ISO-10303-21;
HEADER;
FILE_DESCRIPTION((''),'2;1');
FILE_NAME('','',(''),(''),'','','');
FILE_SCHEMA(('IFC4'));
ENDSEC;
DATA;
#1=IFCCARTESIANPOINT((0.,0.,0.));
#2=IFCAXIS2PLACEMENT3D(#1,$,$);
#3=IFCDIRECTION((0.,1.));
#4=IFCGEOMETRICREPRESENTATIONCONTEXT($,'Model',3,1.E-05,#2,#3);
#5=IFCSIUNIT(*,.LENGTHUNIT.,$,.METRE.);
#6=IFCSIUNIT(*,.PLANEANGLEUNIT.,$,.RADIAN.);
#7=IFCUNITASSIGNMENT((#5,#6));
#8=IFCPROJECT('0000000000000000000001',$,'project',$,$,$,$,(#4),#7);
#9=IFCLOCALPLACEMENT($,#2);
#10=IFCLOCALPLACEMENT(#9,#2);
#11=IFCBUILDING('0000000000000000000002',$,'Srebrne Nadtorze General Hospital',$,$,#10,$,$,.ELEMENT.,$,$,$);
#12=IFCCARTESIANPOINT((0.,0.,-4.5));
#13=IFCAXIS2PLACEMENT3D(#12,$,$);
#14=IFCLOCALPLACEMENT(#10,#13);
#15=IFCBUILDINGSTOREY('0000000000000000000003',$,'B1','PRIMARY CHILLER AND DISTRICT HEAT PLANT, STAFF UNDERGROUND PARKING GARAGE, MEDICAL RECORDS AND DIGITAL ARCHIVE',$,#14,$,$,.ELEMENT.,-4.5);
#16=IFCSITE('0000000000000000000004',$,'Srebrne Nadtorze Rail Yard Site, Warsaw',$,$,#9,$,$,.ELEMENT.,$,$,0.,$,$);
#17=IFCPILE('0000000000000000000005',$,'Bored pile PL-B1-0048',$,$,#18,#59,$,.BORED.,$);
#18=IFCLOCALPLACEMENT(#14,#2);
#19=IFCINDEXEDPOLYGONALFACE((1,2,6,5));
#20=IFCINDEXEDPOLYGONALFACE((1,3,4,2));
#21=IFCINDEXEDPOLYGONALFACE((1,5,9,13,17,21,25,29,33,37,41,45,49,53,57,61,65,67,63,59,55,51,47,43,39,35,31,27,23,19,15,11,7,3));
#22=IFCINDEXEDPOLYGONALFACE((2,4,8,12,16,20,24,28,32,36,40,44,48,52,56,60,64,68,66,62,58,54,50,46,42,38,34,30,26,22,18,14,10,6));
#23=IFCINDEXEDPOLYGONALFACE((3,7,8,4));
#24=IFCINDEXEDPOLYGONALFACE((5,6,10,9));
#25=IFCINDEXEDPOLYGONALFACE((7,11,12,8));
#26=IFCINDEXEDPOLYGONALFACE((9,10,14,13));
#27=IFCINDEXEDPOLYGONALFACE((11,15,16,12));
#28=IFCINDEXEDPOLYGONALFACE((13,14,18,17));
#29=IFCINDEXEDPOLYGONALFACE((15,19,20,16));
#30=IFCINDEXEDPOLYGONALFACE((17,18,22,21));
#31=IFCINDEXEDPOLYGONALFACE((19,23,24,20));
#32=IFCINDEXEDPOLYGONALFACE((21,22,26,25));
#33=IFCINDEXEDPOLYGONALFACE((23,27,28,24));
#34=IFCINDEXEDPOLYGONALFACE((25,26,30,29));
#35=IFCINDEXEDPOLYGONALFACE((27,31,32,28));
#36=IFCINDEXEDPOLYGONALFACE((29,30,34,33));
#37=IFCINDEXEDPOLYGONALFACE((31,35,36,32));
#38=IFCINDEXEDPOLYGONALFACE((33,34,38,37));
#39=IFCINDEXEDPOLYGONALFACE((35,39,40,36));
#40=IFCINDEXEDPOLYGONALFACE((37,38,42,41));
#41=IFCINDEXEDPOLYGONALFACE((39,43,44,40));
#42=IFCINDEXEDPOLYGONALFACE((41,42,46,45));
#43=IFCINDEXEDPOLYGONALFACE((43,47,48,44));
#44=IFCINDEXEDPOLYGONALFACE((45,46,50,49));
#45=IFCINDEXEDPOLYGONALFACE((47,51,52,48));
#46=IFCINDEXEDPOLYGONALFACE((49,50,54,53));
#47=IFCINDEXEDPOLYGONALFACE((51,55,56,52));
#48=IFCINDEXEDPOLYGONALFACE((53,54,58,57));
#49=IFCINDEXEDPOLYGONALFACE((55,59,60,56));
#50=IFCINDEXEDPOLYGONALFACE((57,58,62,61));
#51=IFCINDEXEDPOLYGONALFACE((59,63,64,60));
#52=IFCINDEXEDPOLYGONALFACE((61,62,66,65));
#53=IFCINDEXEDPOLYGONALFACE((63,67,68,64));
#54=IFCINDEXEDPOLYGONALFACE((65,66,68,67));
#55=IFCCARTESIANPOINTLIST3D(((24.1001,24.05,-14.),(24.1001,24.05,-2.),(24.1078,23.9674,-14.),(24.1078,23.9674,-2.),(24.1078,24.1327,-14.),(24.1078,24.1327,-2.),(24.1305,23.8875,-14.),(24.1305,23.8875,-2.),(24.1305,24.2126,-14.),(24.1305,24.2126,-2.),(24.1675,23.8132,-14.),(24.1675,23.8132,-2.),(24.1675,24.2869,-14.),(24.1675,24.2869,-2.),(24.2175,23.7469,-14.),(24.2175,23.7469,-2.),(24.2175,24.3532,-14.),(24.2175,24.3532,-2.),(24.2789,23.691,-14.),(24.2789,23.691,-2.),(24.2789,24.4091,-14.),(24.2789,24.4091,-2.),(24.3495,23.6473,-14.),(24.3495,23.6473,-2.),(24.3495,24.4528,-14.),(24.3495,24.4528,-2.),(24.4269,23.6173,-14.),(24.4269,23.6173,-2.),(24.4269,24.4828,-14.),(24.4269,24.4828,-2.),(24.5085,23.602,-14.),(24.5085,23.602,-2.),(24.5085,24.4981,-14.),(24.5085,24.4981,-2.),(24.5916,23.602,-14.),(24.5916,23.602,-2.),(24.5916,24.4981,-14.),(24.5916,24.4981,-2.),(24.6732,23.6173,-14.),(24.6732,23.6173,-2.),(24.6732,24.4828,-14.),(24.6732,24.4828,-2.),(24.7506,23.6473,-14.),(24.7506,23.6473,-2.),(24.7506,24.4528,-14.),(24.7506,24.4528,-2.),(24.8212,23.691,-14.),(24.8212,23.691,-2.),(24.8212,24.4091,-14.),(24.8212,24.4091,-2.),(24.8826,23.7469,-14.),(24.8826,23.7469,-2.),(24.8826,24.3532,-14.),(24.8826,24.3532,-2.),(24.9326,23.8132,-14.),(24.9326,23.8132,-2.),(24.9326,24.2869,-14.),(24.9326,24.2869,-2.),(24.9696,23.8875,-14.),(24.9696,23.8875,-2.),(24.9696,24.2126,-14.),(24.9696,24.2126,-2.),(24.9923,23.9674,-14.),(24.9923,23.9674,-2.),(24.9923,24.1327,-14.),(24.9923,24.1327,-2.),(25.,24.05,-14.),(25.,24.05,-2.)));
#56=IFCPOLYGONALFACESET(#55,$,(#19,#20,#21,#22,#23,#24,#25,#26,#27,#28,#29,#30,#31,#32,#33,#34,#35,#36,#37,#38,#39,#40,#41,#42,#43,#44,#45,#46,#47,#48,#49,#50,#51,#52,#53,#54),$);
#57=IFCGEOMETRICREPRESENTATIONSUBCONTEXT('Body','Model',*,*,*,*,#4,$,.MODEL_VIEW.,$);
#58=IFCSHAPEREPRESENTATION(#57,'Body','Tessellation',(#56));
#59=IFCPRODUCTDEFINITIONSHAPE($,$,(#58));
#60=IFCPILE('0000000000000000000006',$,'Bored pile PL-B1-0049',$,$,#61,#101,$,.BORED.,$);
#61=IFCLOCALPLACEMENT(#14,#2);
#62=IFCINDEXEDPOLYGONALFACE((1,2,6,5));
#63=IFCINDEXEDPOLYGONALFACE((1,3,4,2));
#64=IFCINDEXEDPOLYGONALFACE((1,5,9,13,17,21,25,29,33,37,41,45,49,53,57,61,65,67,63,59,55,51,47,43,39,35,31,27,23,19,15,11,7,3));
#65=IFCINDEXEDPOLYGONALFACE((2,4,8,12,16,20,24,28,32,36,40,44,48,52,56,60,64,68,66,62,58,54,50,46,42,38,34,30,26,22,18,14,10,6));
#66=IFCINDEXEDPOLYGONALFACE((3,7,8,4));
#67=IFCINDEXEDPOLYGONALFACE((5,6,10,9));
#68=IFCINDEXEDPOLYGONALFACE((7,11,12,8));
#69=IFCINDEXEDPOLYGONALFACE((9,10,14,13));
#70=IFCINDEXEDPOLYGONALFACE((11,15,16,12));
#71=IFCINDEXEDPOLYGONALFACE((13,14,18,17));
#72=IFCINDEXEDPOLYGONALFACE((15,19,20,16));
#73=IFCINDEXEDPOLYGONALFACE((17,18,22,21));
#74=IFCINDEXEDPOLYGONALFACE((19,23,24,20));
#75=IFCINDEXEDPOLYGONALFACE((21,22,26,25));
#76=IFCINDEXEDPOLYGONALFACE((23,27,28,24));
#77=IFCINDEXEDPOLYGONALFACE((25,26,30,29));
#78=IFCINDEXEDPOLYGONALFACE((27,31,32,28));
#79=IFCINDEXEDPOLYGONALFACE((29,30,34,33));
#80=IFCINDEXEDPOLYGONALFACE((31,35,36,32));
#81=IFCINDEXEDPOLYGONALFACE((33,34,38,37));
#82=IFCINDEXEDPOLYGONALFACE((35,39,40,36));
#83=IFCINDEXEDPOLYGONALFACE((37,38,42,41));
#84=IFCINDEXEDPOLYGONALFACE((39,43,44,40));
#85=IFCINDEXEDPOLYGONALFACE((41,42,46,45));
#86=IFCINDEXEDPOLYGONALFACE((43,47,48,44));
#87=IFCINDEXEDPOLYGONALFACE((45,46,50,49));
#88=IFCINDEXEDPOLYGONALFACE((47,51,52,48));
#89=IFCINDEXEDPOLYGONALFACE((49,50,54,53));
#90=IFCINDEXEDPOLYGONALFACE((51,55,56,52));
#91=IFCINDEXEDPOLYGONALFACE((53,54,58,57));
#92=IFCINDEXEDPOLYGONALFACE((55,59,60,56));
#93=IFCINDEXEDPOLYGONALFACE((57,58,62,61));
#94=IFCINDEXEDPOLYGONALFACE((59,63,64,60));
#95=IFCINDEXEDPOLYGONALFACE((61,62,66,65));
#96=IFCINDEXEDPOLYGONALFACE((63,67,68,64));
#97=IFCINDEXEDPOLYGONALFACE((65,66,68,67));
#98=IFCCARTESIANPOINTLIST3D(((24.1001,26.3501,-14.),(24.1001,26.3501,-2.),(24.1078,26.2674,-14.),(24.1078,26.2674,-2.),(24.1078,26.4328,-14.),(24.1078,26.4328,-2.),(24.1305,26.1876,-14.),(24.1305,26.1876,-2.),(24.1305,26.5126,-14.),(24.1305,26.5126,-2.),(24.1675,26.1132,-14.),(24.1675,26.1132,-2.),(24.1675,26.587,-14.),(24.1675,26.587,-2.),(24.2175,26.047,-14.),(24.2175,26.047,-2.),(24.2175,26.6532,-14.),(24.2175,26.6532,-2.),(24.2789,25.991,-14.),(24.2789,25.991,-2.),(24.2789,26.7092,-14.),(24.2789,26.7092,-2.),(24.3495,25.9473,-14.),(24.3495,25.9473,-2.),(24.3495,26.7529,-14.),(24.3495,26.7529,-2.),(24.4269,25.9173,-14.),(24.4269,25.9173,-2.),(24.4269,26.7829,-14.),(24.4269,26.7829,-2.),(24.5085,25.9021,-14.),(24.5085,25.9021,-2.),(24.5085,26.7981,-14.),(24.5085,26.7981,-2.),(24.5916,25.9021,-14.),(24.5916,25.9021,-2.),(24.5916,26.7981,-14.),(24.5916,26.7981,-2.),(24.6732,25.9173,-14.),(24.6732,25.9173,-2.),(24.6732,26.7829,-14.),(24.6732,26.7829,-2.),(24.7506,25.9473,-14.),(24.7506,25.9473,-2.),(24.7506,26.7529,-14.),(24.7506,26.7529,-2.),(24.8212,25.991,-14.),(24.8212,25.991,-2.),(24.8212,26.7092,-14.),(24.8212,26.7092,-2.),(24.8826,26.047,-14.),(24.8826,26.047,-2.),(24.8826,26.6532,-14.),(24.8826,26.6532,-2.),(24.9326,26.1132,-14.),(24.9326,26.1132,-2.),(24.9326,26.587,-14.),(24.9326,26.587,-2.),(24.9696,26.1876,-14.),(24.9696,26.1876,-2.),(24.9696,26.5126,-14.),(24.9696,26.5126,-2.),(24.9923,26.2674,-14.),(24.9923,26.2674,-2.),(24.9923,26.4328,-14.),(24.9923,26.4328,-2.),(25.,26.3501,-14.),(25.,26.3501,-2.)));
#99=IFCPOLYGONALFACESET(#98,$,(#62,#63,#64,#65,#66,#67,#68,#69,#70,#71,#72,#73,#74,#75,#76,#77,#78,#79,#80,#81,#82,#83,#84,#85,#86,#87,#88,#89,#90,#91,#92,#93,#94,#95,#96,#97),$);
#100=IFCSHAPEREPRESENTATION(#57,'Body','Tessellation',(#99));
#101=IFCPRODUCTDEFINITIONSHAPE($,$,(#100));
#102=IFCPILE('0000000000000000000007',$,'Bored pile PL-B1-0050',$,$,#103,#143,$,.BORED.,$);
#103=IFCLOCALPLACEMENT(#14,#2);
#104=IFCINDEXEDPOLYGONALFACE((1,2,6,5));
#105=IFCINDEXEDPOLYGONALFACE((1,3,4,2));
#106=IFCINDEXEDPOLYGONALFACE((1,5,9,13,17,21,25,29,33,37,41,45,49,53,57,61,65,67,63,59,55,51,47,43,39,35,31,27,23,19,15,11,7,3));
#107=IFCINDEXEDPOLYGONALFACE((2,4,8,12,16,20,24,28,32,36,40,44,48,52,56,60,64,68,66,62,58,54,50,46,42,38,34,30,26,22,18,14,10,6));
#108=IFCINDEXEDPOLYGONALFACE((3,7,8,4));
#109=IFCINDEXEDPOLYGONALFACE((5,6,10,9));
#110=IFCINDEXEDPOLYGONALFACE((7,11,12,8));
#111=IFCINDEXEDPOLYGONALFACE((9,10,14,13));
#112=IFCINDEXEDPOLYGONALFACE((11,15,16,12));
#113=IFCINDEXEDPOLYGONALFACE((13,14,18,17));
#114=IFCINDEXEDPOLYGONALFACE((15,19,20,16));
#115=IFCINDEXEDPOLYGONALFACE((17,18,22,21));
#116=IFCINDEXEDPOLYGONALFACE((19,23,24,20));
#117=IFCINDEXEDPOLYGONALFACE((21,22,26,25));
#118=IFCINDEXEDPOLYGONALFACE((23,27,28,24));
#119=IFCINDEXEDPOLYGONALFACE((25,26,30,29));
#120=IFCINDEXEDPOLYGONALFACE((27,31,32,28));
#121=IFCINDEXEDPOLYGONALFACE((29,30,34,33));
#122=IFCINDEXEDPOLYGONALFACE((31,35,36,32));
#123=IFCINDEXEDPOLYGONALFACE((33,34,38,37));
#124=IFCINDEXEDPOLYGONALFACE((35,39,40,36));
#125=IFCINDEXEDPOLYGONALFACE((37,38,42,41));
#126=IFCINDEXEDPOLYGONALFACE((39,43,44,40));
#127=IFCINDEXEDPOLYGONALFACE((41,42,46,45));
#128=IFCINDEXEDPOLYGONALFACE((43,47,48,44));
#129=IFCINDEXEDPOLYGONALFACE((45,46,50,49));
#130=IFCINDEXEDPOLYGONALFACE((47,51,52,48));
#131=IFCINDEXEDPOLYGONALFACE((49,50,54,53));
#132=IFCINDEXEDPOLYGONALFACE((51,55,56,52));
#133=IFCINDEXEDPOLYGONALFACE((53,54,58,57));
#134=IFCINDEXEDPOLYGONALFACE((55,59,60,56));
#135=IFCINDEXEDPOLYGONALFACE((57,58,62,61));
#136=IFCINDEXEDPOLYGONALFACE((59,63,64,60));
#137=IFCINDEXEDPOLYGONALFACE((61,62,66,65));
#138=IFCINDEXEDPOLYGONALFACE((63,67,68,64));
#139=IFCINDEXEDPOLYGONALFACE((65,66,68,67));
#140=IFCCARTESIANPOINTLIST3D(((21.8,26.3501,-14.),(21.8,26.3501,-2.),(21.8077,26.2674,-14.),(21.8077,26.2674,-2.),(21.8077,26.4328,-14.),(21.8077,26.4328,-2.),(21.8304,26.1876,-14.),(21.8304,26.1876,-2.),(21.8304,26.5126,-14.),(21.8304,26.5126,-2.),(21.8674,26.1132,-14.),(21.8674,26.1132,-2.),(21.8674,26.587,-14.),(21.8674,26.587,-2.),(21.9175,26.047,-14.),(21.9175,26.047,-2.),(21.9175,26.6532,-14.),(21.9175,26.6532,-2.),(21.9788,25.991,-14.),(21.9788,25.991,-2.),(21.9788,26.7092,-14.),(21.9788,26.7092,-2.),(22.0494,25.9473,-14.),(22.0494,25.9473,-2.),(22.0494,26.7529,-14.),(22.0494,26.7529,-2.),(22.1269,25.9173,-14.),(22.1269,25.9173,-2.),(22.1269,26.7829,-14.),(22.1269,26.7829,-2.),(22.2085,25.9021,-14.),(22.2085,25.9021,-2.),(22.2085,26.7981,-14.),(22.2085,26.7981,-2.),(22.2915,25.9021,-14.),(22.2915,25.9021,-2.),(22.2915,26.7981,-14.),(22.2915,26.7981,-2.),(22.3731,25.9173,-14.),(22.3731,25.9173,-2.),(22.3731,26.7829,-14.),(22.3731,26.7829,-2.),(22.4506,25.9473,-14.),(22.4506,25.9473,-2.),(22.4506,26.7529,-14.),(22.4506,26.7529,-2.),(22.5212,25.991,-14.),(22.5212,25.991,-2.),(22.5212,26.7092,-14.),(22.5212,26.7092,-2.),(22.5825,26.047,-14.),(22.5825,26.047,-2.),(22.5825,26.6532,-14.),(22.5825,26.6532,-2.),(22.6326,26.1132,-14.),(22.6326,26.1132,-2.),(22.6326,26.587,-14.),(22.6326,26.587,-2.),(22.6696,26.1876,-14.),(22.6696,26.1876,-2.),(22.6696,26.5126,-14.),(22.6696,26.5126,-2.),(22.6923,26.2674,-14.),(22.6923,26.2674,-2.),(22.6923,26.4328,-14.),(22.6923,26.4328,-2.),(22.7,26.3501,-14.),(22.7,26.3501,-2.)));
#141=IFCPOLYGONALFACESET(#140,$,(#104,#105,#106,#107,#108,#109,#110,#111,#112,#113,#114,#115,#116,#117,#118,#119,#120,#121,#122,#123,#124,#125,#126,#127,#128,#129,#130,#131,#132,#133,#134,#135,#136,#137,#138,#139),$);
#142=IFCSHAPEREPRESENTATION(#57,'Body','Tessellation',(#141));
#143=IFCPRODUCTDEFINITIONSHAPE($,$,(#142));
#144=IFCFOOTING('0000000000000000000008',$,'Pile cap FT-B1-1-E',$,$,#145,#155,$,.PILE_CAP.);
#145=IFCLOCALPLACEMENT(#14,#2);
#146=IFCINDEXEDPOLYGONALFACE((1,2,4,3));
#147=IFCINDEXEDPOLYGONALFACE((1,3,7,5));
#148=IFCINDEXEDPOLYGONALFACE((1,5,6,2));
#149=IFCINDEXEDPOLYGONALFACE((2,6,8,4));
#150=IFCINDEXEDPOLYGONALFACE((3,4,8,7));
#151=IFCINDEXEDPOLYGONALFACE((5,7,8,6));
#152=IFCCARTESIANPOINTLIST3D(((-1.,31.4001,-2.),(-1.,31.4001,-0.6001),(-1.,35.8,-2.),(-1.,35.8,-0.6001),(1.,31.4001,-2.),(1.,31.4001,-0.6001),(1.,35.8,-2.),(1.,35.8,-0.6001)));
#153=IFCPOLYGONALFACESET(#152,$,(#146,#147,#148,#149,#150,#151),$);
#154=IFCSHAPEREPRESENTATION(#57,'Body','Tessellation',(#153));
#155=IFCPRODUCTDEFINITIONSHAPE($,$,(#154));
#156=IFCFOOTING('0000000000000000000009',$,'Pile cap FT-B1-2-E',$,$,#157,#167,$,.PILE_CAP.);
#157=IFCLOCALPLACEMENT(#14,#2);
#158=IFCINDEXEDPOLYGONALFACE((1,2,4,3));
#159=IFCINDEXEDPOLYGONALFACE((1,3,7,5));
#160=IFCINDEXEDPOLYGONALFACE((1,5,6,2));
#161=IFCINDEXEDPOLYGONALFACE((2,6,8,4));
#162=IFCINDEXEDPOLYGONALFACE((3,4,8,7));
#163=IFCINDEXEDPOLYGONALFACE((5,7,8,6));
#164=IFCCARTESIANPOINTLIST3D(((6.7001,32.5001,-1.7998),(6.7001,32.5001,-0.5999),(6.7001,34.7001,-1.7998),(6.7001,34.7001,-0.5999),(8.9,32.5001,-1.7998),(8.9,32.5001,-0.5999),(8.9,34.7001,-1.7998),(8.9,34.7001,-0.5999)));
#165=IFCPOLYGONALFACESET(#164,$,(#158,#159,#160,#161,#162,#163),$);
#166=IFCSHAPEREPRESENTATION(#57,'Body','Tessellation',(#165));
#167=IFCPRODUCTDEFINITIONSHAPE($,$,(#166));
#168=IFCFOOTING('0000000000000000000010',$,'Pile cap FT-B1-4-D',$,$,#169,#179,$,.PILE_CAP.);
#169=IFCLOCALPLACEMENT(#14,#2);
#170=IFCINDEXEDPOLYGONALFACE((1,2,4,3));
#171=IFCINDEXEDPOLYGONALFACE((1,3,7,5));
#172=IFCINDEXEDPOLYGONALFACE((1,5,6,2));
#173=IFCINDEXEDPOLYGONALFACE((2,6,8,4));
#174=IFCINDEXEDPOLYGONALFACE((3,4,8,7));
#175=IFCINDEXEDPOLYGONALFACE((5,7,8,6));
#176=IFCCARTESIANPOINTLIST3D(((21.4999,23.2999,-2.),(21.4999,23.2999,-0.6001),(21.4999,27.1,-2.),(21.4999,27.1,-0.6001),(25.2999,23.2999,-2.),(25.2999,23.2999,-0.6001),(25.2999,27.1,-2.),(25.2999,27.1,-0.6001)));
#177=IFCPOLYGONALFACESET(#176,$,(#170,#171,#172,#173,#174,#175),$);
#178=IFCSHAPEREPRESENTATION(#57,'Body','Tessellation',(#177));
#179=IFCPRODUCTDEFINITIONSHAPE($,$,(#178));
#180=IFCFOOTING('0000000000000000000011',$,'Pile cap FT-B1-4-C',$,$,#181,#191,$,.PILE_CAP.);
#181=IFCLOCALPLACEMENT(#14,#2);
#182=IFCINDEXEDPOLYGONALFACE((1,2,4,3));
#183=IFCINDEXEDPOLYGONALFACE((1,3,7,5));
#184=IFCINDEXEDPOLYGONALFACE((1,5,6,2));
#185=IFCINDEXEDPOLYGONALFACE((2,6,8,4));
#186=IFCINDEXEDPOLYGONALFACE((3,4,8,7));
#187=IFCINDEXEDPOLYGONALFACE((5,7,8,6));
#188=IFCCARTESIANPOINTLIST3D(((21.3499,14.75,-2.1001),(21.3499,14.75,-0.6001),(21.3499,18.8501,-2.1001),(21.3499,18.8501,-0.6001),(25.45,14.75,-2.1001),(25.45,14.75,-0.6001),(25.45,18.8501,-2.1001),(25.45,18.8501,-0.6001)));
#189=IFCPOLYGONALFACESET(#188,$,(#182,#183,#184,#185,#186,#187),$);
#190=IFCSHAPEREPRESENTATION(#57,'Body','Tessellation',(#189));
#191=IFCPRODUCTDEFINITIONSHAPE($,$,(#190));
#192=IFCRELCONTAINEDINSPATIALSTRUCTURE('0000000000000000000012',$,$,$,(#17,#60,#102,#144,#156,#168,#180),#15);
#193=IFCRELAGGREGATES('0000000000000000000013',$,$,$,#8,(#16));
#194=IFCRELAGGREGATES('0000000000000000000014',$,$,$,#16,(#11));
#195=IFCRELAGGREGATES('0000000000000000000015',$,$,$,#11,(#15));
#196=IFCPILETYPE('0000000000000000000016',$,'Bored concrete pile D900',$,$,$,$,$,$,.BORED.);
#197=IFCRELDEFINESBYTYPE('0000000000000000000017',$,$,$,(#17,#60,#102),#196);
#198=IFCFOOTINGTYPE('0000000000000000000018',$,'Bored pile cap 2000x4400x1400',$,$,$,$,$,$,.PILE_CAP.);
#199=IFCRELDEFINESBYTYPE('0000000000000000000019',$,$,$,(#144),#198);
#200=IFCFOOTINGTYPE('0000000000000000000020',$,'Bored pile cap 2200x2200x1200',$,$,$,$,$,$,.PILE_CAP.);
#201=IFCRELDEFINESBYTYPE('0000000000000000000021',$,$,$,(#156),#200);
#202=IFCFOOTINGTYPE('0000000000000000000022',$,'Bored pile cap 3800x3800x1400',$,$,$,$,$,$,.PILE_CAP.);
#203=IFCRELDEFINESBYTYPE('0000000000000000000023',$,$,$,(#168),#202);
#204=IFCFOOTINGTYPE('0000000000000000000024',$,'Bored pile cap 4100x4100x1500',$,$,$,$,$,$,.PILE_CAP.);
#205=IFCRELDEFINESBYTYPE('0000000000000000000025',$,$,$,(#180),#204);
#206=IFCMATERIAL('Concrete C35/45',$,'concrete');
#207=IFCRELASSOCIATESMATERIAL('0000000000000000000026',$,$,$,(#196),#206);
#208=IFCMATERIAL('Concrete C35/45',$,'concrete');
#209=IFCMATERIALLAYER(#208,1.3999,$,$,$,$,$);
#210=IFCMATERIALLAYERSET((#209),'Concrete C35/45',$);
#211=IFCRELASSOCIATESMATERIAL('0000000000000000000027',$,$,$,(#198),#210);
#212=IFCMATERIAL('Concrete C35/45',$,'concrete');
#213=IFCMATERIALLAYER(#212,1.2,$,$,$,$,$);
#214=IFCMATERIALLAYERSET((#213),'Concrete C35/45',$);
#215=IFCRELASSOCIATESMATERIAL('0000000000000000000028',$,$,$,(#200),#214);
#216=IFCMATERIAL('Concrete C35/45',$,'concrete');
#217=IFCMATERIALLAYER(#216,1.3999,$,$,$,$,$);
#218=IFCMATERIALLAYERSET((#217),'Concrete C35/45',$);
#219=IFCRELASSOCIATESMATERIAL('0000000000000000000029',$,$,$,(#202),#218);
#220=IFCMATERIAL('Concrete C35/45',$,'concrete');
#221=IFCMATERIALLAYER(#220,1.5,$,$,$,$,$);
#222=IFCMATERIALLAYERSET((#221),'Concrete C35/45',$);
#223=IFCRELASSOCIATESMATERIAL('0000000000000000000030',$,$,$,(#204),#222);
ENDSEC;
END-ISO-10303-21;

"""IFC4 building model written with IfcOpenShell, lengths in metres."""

from ifc_helpers import new_model, si_unit, direction, frame, origin, origin_2d, place, context, subcontext, project, spatial, rectangle, circle, extrude, material, layer, layer_set, material_profile, profile_set, type_object, element, save


model = new_model("IFC4")

# Units and contexts
model_context = context("Model", 3, precision=1e-05, world=origin(), true_north=direction((0.0, 1.0)))
body_context = subcontext(model_context, "Body", "Model", "MODEL_VIEW")
ifc_project = project(units=[si_unit("LENGTHUNIT", "METRE"), si_unit("PLANEANGLEUNIT", "RADIAN")], contexts=[model_context])

# Site, building, storey
site_placement = place(None, origin())
site = spatial("IfcSite", under=ifc_project, at=site_placement, Name="Srebrne Nadtorze Rail Yard Site, Warsaw", CompositionType="ELEMENT", RefElevation=0.0)
building_placement = place(site_placement, origin())
building = spatial("IfcBuilding", under=site, at=building_placement, Name="Srebrne Nadtorze General Hospital", CompositionType="ELEMENT")
storey_placement = place(building_placement, frame((0.0, 0.0, -4.5)))
storey = spatial("IfcBuildingStorey", under=building, at=storey_placement, Name="B1", Description="PRIMARY CHILLER AND DISTRICT HEAT PLANT, STAFF UNDERGROUND PARKING GARAGE, MEDICAL RECORDS AND DIGITAL ARCHIVE", CompositionType="ELEMENT", Elevation=-4.5)

# Piles
ifc_material_1 = material(Name="Concrete C35/45", Category="concrete")
ifc_material_profile_1 = material_profile(ifc_material_1, circle(Radius=0.45, at=origin_2d()), Name="PILE-D900")
ifc_profile_set_1 = profile_set([ifc_material_profile_1], Name="Concrete C35/45")
pile_type_1 = type_object("IfcPileType", Name="Bored concrete pile D900", PredefinedType="BORED", material=ifc_profile_set_1)
for number, where, z_axis, x_axis, name in (
    (1, (24.55, 24.05, -2.0), (0.0, 0.0, -1.0), (1.0, 0.0, 0.0), "Bored pile PL-B1-0048"),
    (2, (24.55, 26.3501, -2.0), (0.0, 0.0, -1.0), (1.0, 0.0, 0.0), "Bored pile PL-B1-0049"),
    (3, (22.25, 26.3501, -2.0), (0.0, 0.0, -1.0), (1.0, 0.0, 0.0), "Bored pile PL-B1-0050"),
):
    element("IfcPile", number, at=place(storey_placement, frame(where, z_axis=z_axis, x_axis=x_axis)), inside=storey, type_object=pile_type_1, Name=name, PredefinedType="BORED", context=body_context, shape_type="SweptSolid", body=[
        extrude(circle(Radius=0.45, at=origin_2d()), origin(), (0.0, 0.0, 1.0), 12.0),
    ])

# Footings
ifc_material_2 = material(Name="Concrete C35/45", Category="concrete")
ifc_layer_1 = layer(ifc_material_2, 1.3999)
ifc_layer_set_1 = layer_set([ifc_layer_1], Name="Concrete C35/45")
footing_type_1 = type_object("IfcFootingType", Name="Bored pile cap 2000x4400x1400", PredefinedType="PILE_CAP", material=ifc_layer_set_1)
footing_1_placement = place(storey_placement, frame((0.0, 33.6001, -2.0), z_axis=(0.0, 0.0, 1.0), x_axis=(1.0, 0.0, 0.0)))
element("IfcFooting", 4, at=footing_1_placement, inside=storey, type_object=footing_type_1, Name="Pile cap FT-B1-1-E", PredefinedType="PILE_CAP", context=body_context, shape_type="SweptSolid", body=[
    extrude(rectangle(XDim=2.0, YDim=4.3999, at=origin_2d()), origin(), (0.0, 0.0, 1.0), 1.3999),
])
ifc_material_3 = material(Name="Concrete C35/45", Category="concrete")
ifc_layer_2 = layer(ifc_material_3, 1.2)
ifc_layer_set_2 = layer_set([ifc_layer_2], Name="Concrete C35/45")
footing_type_2 = type_object("IfcFootingType", Name="Bored pile cap 2200x2200x1200", PredefinedType="PILE_CAP", material=ifc_layer_set_2)
footing_2_placement = place(storey_placement, frame((7.8, 33.6001, -1.7998), z_axis=(0.0, 0.0, 1.0), x_axis=(1.0, 0.0, 0.0)))
element("IfcFooting", 5, at=footing_2_placement, inside=storey, type_object=footing_type_2, Name="Pile cap FT-B1-2-E", PredefinedType="PILE_CAP", context=body_context, shape_type="SweptSolid", body=[
    extrude(rectangle(XDim=2.2, YDim=2.2, at=origin_2d()), origin(), (0.0, 0.0, 1.0), 1.2),
])
ifc_material_4 = material(Name="Concrete C35/45", Category="concrete")
ifc_layer_3 = layer(ifc_material_4, 1.3999)
ifc_layer_set_3 = layer_set([ifc_layer_3], Name="Concrete C35/45")
footing_type_3 = type_object("IfcFootingType", Name="Bored pile cap 3800x3800x1400", PredefinedType="PILE_CAP", material=ifc_layer_set_3)
footing_3_placement = place(storey_placement, frame((23.3999, 25.2, -2.0), z_axis=(0.0, 0.0, 1.0), x_axis=(1.0, 0.0, 0.0)))
element("IfcFooting", 6, at=footing_3_placement, inside=storey, type_object=footing_type_3, Name="Pile cap FT-B1-4-D", PredefinedType="PILE_CAP", context=body_context, shape_type="SweptSolid", body=[
    extrude(rectangle(XDim=3.8, YDim=3.8, at=origin_2d()), origin(), (0.0, 0.0, 1.0), 1.3999),
])
ifc_material_5 = material(Name="Concrete C35/45", Category="concrete")
ifc_layer_4 = layer(ifc_material_5, 1.5)
ifc_layer_set_4 = layer_set([ifc_layer_4], Name="Concrete C35/45")
footing_type_4 = type_object("IfcFootingType", Name="Bored pile cap 4100x4100x1500", PredefinedType="PILE_CAP", material=ifc_layer_set_4)
footing_4_placement = place(storey_placement, frame((23.3999, 16.8, -2.1001), z_axis=(0.0, 0.0, 1.0), x_axis=(1.0, 0.0, 0.0)))
element("IfcFooting", 7, at=footing_4_placement, inside=storey, type_object=footing_type_4, Name="Pile cap FT-B1-4-C", PredefinedType="PILE_CAP", context=body_context, shape_type="SweptSolid", body=[
    extrude(rectangle(XDim=4.1001, YDim=4.1001, at=origin_2d()), origin(), (0.0, 0.0, 1.0), 1.5),
])

save(model, "model.ifc")
